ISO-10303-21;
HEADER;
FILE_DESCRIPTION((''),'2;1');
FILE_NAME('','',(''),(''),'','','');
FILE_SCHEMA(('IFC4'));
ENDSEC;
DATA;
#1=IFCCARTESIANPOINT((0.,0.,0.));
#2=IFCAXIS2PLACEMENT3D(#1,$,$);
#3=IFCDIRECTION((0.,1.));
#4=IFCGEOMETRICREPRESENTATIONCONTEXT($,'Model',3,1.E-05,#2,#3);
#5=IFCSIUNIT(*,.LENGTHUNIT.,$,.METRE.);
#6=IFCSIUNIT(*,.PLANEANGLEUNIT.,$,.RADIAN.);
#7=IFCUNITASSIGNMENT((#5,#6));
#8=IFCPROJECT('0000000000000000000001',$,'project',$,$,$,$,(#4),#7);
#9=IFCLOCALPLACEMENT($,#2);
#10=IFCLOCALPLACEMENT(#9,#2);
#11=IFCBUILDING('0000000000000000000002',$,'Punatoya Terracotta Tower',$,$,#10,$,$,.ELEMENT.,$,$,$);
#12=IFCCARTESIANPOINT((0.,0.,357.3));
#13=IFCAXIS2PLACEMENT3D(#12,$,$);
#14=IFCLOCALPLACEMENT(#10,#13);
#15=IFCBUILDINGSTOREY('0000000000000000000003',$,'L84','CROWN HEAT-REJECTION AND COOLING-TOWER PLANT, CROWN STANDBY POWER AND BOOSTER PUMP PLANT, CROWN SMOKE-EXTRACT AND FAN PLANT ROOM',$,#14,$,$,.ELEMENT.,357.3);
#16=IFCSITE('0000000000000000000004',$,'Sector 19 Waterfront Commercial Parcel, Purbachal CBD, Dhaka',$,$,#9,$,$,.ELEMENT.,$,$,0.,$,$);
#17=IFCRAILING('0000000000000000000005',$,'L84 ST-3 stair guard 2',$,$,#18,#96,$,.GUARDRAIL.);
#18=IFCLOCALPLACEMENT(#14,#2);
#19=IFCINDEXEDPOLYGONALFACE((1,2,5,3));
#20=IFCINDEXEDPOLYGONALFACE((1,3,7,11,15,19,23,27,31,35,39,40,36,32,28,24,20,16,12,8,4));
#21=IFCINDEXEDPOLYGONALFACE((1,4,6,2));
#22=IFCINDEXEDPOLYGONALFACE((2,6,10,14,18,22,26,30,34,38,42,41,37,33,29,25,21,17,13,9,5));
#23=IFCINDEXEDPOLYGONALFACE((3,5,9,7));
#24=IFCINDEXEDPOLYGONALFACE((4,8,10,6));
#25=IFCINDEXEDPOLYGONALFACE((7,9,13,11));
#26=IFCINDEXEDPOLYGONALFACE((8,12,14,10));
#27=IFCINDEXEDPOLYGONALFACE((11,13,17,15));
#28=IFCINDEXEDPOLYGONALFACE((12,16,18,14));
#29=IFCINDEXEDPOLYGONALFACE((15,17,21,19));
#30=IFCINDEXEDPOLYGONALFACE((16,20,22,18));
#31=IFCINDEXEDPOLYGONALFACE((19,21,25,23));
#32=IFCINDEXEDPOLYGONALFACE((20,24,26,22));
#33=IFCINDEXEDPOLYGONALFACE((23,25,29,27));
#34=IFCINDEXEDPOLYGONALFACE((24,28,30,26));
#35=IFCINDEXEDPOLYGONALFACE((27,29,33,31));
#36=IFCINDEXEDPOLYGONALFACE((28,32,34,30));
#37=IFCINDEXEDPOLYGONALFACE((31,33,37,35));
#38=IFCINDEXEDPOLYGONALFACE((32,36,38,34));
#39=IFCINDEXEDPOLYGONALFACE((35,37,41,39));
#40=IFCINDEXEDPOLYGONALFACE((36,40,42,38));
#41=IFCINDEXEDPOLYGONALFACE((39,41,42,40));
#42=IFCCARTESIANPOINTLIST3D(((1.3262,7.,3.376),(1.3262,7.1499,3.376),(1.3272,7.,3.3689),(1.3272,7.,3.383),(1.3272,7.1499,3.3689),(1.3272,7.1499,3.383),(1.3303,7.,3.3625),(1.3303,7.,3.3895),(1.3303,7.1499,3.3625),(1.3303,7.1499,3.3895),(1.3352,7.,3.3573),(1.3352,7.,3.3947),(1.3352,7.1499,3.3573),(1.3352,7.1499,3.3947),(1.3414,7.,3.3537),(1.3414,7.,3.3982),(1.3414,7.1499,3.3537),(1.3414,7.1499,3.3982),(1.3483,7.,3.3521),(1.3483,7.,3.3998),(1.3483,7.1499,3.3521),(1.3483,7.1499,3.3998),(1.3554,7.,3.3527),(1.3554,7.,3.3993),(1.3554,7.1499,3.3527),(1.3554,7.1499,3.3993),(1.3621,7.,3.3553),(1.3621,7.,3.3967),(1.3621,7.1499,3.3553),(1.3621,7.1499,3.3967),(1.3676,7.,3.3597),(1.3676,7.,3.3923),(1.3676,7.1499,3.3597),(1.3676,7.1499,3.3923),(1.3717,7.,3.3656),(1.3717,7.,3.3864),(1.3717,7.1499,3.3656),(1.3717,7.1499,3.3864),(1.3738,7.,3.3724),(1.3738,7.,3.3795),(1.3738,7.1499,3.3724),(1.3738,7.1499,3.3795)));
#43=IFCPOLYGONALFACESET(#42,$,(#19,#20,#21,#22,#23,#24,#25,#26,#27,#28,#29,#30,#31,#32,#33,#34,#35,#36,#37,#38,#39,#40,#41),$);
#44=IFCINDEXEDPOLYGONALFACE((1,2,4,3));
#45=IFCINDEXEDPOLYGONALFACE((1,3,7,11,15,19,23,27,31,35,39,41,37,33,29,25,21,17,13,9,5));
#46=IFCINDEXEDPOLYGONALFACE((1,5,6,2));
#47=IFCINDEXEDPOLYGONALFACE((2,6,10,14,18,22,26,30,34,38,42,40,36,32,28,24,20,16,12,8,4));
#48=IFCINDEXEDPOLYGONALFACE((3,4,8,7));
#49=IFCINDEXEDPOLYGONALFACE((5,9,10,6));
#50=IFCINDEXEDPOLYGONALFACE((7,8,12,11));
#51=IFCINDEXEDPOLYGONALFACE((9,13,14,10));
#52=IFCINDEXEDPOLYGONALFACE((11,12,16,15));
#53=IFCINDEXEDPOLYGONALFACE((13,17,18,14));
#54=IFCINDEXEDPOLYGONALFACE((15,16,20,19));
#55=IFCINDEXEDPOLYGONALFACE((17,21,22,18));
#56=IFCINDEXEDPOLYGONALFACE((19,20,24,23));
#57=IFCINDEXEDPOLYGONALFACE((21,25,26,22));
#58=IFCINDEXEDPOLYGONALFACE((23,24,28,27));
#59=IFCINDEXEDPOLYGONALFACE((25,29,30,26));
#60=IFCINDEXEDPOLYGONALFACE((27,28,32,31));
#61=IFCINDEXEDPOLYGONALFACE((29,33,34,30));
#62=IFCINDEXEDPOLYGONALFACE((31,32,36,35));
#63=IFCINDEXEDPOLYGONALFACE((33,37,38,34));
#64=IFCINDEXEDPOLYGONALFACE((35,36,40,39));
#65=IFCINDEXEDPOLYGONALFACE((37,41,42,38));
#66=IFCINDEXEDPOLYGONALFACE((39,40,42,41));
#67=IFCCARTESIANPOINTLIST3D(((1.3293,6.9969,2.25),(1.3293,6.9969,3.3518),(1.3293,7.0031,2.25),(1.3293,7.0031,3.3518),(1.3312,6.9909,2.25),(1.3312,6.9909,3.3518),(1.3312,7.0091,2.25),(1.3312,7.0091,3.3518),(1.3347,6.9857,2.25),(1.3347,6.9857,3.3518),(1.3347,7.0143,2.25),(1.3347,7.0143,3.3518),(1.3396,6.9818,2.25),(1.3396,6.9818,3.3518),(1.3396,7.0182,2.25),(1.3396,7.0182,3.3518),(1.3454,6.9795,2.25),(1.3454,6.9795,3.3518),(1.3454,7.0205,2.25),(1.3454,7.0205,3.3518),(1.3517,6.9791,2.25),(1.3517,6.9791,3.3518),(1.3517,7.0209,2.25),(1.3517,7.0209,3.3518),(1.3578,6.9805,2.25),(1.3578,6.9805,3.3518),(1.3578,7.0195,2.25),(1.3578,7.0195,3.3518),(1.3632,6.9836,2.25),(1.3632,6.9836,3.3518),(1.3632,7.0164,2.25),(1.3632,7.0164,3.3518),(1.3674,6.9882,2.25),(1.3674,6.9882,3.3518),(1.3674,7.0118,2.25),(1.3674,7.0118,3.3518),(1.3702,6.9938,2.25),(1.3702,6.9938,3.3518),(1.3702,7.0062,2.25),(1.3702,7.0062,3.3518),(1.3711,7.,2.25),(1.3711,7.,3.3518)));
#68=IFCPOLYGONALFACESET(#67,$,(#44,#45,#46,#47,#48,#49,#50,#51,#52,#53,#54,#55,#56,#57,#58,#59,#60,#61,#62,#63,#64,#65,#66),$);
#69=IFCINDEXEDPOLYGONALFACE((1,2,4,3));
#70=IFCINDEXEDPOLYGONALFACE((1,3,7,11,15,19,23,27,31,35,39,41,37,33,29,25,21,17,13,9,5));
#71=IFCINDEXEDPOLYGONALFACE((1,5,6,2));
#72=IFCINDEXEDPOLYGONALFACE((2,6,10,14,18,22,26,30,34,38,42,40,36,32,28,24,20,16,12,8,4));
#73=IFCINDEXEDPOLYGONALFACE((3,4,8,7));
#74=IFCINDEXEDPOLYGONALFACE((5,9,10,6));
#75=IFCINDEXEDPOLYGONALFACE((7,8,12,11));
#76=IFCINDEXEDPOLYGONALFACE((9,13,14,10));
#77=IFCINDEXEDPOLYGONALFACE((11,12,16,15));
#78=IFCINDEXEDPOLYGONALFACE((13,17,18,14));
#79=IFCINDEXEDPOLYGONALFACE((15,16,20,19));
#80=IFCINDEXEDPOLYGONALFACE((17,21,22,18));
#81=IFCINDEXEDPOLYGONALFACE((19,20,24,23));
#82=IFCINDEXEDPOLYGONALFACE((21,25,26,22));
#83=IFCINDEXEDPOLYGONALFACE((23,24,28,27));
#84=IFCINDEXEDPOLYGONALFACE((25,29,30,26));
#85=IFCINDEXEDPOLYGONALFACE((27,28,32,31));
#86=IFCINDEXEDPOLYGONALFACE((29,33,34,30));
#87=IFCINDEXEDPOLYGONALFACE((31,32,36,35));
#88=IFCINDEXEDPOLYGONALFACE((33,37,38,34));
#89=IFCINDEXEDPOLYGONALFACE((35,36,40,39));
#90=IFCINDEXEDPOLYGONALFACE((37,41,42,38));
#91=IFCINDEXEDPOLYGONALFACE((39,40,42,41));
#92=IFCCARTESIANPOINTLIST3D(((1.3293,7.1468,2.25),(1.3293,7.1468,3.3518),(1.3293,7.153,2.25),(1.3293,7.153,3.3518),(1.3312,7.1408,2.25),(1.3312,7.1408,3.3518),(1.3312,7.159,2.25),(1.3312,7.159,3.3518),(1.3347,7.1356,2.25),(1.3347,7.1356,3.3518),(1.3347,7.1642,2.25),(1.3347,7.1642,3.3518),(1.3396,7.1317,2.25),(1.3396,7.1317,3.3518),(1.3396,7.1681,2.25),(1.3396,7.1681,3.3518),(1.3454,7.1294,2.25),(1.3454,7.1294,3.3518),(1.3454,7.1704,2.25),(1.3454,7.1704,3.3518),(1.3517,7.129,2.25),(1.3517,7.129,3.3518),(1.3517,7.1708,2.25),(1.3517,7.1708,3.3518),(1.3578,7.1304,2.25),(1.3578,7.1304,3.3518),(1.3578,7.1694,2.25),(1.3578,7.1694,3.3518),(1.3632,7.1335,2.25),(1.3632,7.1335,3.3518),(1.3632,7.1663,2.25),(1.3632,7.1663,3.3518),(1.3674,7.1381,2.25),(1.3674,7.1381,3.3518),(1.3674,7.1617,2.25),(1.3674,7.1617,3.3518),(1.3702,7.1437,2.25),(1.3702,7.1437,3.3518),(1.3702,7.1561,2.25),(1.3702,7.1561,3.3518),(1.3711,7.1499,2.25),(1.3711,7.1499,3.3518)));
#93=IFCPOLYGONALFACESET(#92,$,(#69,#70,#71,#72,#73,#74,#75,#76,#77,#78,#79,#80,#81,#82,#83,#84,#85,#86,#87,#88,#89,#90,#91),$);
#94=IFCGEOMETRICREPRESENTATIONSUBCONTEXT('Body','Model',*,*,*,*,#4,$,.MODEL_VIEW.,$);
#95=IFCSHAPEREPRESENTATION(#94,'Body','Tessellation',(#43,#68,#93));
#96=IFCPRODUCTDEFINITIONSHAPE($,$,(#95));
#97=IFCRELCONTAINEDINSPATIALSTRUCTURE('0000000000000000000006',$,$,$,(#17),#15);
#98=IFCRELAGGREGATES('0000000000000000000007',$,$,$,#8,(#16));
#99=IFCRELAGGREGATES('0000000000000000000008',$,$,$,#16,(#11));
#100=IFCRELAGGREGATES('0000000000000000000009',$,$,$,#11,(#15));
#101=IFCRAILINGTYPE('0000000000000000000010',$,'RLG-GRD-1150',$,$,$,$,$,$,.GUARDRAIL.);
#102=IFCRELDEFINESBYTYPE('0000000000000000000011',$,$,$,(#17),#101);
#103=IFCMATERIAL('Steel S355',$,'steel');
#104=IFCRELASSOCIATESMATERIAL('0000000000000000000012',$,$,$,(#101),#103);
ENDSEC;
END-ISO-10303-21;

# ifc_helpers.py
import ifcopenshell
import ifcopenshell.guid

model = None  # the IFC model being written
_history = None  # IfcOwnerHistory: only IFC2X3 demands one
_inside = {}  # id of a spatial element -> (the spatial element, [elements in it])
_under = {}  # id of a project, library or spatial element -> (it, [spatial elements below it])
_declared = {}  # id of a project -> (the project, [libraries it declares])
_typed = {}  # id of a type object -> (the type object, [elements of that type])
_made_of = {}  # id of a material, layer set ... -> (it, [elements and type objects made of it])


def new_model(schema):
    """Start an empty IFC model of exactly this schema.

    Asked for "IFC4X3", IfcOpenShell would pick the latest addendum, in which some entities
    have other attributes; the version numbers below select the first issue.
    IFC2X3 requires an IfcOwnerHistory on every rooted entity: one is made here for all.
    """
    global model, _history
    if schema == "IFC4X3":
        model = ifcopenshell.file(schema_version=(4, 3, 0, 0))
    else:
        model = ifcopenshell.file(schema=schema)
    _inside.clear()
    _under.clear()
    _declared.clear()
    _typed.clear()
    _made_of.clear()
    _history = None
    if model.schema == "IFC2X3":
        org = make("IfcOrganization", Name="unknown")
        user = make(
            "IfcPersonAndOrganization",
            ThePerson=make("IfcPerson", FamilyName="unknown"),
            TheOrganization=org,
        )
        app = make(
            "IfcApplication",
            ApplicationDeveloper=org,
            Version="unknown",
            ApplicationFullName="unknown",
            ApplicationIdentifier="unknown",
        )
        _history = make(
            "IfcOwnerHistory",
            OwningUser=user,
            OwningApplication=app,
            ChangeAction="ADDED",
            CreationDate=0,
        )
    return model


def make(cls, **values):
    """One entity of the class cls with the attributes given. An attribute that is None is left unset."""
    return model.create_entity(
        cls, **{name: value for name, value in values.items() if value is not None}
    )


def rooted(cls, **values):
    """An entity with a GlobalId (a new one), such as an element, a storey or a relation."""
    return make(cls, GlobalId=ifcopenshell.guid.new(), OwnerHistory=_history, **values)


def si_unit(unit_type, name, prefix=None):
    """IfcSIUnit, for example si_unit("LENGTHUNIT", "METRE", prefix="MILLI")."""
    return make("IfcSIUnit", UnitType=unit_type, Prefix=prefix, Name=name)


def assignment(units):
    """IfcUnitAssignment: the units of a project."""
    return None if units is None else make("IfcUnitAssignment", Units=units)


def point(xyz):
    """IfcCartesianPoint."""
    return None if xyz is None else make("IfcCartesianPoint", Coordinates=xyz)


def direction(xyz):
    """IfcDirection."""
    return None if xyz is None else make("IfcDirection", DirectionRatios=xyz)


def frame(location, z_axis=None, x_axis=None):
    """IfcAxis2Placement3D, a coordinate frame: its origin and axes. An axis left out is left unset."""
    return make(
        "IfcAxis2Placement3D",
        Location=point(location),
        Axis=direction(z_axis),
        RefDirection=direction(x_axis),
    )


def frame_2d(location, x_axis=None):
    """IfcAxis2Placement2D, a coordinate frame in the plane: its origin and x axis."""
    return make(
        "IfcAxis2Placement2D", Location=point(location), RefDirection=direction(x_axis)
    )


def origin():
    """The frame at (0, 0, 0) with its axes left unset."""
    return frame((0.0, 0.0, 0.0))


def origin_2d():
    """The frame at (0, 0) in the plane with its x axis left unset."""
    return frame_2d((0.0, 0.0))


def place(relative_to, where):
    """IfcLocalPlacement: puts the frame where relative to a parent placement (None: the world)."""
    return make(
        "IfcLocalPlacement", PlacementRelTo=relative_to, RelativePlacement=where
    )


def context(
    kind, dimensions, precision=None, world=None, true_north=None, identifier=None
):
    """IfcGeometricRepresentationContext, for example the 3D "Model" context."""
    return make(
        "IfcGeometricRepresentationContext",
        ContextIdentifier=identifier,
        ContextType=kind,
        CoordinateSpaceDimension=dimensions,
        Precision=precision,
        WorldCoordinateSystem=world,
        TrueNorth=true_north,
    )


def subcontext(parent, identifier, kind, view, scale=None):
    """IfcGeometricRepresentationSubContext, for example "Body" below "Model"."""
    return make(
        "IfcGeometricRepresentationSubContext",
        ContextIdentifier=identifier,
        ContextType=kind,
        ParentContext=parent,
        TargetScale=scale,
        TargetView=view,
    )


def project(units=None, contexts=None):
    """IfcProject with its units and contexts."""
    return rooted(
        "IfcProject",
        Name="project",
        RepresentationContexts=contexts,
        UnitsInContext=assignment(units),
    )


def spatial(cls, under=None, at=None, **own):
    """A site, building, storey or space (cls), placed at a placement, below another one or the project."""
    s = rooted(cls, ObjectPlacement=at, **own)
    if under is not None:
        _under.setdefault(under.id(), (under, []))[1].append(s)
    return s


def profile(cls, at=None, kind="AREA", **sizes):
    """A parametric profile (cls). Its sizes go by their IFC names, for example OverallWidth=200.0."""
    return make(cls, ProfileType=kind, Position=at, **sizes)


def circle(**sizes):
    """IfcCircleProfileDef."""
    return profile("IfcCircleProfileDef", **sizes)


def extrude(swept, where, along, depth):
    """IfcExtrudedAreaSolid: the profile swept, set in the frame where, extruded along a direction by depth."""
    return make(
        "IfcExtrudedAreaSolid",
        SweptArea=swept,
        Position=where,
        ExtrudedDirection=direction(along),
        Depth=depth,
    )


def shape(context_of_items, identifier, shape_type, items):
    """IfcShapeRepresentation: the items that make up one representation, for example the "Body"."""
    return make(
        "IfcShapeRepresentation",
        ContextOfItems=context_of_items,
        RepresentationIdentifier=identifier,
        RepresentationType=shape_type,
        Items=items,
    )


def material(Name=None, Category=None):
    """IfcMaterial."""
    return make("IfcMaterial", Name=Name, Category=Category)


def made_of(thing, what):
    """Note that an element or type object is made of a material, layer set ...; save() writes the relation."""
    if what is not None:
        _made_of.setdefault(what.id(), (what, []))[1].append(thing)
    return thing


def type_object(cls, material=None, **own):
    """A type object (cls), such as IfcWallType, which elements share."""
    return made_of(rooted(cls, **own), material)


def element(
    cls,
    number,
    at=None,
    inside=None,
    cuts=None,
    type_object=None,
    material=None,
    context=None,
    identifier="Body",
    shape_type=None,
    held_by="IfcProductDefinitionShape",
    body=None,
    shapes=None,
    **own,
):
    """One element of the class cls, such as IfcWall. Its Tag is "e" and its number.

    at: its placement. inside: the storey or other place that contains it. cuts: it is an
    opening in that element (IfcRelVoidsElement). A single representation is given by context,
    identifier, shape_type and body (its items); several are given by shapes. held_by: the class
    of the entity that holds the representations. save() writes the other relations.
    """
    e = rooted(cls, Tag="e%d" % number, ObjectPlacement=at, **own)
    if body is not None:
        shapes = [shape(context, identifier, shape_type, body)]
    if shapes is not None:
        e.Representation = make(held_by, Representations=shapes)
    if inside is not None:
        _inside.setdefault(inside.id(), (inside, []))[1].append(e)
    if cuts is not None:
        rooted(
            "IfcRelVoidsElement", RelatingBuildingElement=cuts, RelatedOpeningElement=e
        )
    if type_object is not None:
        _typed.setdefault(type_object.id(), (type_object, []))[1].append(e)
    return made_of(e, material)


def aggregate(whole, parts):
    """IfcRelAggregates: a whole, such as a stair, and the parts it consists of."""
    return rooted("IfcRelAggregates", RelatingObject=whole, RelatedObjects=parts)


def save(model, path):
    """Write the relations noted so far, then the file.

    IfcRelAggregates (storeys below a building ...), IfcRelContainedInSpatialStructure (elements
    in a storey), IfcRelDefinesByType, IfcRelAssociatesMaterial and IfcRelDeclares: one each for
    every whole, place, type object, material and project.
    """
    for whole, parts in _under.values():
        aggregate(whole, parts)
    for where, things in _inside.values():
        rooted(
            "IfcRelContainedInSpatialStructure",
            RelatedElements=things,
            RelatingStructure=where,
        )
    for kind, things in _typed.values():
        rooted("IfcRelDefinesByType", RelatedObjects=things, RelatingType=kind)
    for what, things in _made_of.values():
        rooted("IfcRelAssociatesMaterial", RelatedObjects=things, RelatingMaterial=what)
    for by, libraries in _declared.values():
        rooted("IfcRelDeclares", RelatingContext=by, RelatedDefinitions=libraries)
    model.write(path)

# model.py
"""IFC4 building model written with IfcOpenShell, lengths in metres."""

from ifc_helpers import new_model, si_unit, direction, frame, origin, origin_2d, place, context, subcontext, project, spatial, circle, extrude, material, type_object, element, save


model = new_model("IFC4")

# Units and contexts
model_context = context("Model", 3, precision=1e-05, world=origin(), true_north=direction((0.0, 1.0)))
body_context = subcontext(model_context, "Body", "Model", "MODEL_VIEW")
ifc_project = project(units=[si_unit("LENGTHUNIT", "METRE"), si_unit("PLANEANGLEUNIT", "RADIAN")], contexts=[model_context])

# Site, building, storey
site_placement = place(None, origin())
site = spatial("IfcSite", under=ifc_project, at=site_placement, Name="Sector 19 Waterfront Commercial Parcel, Purbachal CBD, Dhaka", CompositionType="ELEMENT", RefElevation=0.0)
building_placement = place(site_placement, origin())
building = spatial("IfcBuilding", under=site, at=building_placement, Name="Punatoya Terracotta Tower", CompositionType="ELEMENT")
storey_placement = place(building_placement, frame((0.0, 0.0, 357.3)))
storey = spatial("IfcBuildingStorey", under=building, at=storey_placement, Name="L84", Description="CROWN HEAT-REJECTION AND COOLING-TOWER PLANT, CROWN STANDBY POWER AND BOOSTER PUMP PLANT, CROWN SMOKE-EXTRACT AND FAN PLANT ROOM", CompositionType="ELEMENT", Elevation=357.3)

# Shared definitions
ifc_material_1 = material(Name="Steel S355", Category="steel")

# Railing
railing_type_1 = type_object("IfcRailingType", Name="RLG-GRD-1150", PredefinedType="GUARDRAIL", material=ifc_material_1)
railing_1_placement = place(storey_placement, frame((1.3501, 7.0, 2.25)))
element("IfcRailing", 1, at=railing_1_placement, inside=storey, type_object=railing_type_1, Name="L84 ST-3 stair guard 2", PredefinedType="GUARDRAIL", context=body_context, shape_type="SweptSolid", body=[
    extrude(circle(Radius=0.0239, at=origin_2d()), frame((0.0, 0.0, 1.126), z_axis=(0.0, 1.0, 0.0), x_axis=(-1.0, 0.0, 0.0)), (0.0, 0.0, 1.0), 0.1499),
    extrude(circle(Radius=0.021, at=origin_2d()), origin(), (0.0, 0.0, 1.0), 1.1018),
    extrude(circle(Radius=0.021, at=origin_2d()), frame((0.0, 0.1499, 0.0)), (0.0, 0.0, 1.0), 1.1018),
])

save(model, "model.ifc")
